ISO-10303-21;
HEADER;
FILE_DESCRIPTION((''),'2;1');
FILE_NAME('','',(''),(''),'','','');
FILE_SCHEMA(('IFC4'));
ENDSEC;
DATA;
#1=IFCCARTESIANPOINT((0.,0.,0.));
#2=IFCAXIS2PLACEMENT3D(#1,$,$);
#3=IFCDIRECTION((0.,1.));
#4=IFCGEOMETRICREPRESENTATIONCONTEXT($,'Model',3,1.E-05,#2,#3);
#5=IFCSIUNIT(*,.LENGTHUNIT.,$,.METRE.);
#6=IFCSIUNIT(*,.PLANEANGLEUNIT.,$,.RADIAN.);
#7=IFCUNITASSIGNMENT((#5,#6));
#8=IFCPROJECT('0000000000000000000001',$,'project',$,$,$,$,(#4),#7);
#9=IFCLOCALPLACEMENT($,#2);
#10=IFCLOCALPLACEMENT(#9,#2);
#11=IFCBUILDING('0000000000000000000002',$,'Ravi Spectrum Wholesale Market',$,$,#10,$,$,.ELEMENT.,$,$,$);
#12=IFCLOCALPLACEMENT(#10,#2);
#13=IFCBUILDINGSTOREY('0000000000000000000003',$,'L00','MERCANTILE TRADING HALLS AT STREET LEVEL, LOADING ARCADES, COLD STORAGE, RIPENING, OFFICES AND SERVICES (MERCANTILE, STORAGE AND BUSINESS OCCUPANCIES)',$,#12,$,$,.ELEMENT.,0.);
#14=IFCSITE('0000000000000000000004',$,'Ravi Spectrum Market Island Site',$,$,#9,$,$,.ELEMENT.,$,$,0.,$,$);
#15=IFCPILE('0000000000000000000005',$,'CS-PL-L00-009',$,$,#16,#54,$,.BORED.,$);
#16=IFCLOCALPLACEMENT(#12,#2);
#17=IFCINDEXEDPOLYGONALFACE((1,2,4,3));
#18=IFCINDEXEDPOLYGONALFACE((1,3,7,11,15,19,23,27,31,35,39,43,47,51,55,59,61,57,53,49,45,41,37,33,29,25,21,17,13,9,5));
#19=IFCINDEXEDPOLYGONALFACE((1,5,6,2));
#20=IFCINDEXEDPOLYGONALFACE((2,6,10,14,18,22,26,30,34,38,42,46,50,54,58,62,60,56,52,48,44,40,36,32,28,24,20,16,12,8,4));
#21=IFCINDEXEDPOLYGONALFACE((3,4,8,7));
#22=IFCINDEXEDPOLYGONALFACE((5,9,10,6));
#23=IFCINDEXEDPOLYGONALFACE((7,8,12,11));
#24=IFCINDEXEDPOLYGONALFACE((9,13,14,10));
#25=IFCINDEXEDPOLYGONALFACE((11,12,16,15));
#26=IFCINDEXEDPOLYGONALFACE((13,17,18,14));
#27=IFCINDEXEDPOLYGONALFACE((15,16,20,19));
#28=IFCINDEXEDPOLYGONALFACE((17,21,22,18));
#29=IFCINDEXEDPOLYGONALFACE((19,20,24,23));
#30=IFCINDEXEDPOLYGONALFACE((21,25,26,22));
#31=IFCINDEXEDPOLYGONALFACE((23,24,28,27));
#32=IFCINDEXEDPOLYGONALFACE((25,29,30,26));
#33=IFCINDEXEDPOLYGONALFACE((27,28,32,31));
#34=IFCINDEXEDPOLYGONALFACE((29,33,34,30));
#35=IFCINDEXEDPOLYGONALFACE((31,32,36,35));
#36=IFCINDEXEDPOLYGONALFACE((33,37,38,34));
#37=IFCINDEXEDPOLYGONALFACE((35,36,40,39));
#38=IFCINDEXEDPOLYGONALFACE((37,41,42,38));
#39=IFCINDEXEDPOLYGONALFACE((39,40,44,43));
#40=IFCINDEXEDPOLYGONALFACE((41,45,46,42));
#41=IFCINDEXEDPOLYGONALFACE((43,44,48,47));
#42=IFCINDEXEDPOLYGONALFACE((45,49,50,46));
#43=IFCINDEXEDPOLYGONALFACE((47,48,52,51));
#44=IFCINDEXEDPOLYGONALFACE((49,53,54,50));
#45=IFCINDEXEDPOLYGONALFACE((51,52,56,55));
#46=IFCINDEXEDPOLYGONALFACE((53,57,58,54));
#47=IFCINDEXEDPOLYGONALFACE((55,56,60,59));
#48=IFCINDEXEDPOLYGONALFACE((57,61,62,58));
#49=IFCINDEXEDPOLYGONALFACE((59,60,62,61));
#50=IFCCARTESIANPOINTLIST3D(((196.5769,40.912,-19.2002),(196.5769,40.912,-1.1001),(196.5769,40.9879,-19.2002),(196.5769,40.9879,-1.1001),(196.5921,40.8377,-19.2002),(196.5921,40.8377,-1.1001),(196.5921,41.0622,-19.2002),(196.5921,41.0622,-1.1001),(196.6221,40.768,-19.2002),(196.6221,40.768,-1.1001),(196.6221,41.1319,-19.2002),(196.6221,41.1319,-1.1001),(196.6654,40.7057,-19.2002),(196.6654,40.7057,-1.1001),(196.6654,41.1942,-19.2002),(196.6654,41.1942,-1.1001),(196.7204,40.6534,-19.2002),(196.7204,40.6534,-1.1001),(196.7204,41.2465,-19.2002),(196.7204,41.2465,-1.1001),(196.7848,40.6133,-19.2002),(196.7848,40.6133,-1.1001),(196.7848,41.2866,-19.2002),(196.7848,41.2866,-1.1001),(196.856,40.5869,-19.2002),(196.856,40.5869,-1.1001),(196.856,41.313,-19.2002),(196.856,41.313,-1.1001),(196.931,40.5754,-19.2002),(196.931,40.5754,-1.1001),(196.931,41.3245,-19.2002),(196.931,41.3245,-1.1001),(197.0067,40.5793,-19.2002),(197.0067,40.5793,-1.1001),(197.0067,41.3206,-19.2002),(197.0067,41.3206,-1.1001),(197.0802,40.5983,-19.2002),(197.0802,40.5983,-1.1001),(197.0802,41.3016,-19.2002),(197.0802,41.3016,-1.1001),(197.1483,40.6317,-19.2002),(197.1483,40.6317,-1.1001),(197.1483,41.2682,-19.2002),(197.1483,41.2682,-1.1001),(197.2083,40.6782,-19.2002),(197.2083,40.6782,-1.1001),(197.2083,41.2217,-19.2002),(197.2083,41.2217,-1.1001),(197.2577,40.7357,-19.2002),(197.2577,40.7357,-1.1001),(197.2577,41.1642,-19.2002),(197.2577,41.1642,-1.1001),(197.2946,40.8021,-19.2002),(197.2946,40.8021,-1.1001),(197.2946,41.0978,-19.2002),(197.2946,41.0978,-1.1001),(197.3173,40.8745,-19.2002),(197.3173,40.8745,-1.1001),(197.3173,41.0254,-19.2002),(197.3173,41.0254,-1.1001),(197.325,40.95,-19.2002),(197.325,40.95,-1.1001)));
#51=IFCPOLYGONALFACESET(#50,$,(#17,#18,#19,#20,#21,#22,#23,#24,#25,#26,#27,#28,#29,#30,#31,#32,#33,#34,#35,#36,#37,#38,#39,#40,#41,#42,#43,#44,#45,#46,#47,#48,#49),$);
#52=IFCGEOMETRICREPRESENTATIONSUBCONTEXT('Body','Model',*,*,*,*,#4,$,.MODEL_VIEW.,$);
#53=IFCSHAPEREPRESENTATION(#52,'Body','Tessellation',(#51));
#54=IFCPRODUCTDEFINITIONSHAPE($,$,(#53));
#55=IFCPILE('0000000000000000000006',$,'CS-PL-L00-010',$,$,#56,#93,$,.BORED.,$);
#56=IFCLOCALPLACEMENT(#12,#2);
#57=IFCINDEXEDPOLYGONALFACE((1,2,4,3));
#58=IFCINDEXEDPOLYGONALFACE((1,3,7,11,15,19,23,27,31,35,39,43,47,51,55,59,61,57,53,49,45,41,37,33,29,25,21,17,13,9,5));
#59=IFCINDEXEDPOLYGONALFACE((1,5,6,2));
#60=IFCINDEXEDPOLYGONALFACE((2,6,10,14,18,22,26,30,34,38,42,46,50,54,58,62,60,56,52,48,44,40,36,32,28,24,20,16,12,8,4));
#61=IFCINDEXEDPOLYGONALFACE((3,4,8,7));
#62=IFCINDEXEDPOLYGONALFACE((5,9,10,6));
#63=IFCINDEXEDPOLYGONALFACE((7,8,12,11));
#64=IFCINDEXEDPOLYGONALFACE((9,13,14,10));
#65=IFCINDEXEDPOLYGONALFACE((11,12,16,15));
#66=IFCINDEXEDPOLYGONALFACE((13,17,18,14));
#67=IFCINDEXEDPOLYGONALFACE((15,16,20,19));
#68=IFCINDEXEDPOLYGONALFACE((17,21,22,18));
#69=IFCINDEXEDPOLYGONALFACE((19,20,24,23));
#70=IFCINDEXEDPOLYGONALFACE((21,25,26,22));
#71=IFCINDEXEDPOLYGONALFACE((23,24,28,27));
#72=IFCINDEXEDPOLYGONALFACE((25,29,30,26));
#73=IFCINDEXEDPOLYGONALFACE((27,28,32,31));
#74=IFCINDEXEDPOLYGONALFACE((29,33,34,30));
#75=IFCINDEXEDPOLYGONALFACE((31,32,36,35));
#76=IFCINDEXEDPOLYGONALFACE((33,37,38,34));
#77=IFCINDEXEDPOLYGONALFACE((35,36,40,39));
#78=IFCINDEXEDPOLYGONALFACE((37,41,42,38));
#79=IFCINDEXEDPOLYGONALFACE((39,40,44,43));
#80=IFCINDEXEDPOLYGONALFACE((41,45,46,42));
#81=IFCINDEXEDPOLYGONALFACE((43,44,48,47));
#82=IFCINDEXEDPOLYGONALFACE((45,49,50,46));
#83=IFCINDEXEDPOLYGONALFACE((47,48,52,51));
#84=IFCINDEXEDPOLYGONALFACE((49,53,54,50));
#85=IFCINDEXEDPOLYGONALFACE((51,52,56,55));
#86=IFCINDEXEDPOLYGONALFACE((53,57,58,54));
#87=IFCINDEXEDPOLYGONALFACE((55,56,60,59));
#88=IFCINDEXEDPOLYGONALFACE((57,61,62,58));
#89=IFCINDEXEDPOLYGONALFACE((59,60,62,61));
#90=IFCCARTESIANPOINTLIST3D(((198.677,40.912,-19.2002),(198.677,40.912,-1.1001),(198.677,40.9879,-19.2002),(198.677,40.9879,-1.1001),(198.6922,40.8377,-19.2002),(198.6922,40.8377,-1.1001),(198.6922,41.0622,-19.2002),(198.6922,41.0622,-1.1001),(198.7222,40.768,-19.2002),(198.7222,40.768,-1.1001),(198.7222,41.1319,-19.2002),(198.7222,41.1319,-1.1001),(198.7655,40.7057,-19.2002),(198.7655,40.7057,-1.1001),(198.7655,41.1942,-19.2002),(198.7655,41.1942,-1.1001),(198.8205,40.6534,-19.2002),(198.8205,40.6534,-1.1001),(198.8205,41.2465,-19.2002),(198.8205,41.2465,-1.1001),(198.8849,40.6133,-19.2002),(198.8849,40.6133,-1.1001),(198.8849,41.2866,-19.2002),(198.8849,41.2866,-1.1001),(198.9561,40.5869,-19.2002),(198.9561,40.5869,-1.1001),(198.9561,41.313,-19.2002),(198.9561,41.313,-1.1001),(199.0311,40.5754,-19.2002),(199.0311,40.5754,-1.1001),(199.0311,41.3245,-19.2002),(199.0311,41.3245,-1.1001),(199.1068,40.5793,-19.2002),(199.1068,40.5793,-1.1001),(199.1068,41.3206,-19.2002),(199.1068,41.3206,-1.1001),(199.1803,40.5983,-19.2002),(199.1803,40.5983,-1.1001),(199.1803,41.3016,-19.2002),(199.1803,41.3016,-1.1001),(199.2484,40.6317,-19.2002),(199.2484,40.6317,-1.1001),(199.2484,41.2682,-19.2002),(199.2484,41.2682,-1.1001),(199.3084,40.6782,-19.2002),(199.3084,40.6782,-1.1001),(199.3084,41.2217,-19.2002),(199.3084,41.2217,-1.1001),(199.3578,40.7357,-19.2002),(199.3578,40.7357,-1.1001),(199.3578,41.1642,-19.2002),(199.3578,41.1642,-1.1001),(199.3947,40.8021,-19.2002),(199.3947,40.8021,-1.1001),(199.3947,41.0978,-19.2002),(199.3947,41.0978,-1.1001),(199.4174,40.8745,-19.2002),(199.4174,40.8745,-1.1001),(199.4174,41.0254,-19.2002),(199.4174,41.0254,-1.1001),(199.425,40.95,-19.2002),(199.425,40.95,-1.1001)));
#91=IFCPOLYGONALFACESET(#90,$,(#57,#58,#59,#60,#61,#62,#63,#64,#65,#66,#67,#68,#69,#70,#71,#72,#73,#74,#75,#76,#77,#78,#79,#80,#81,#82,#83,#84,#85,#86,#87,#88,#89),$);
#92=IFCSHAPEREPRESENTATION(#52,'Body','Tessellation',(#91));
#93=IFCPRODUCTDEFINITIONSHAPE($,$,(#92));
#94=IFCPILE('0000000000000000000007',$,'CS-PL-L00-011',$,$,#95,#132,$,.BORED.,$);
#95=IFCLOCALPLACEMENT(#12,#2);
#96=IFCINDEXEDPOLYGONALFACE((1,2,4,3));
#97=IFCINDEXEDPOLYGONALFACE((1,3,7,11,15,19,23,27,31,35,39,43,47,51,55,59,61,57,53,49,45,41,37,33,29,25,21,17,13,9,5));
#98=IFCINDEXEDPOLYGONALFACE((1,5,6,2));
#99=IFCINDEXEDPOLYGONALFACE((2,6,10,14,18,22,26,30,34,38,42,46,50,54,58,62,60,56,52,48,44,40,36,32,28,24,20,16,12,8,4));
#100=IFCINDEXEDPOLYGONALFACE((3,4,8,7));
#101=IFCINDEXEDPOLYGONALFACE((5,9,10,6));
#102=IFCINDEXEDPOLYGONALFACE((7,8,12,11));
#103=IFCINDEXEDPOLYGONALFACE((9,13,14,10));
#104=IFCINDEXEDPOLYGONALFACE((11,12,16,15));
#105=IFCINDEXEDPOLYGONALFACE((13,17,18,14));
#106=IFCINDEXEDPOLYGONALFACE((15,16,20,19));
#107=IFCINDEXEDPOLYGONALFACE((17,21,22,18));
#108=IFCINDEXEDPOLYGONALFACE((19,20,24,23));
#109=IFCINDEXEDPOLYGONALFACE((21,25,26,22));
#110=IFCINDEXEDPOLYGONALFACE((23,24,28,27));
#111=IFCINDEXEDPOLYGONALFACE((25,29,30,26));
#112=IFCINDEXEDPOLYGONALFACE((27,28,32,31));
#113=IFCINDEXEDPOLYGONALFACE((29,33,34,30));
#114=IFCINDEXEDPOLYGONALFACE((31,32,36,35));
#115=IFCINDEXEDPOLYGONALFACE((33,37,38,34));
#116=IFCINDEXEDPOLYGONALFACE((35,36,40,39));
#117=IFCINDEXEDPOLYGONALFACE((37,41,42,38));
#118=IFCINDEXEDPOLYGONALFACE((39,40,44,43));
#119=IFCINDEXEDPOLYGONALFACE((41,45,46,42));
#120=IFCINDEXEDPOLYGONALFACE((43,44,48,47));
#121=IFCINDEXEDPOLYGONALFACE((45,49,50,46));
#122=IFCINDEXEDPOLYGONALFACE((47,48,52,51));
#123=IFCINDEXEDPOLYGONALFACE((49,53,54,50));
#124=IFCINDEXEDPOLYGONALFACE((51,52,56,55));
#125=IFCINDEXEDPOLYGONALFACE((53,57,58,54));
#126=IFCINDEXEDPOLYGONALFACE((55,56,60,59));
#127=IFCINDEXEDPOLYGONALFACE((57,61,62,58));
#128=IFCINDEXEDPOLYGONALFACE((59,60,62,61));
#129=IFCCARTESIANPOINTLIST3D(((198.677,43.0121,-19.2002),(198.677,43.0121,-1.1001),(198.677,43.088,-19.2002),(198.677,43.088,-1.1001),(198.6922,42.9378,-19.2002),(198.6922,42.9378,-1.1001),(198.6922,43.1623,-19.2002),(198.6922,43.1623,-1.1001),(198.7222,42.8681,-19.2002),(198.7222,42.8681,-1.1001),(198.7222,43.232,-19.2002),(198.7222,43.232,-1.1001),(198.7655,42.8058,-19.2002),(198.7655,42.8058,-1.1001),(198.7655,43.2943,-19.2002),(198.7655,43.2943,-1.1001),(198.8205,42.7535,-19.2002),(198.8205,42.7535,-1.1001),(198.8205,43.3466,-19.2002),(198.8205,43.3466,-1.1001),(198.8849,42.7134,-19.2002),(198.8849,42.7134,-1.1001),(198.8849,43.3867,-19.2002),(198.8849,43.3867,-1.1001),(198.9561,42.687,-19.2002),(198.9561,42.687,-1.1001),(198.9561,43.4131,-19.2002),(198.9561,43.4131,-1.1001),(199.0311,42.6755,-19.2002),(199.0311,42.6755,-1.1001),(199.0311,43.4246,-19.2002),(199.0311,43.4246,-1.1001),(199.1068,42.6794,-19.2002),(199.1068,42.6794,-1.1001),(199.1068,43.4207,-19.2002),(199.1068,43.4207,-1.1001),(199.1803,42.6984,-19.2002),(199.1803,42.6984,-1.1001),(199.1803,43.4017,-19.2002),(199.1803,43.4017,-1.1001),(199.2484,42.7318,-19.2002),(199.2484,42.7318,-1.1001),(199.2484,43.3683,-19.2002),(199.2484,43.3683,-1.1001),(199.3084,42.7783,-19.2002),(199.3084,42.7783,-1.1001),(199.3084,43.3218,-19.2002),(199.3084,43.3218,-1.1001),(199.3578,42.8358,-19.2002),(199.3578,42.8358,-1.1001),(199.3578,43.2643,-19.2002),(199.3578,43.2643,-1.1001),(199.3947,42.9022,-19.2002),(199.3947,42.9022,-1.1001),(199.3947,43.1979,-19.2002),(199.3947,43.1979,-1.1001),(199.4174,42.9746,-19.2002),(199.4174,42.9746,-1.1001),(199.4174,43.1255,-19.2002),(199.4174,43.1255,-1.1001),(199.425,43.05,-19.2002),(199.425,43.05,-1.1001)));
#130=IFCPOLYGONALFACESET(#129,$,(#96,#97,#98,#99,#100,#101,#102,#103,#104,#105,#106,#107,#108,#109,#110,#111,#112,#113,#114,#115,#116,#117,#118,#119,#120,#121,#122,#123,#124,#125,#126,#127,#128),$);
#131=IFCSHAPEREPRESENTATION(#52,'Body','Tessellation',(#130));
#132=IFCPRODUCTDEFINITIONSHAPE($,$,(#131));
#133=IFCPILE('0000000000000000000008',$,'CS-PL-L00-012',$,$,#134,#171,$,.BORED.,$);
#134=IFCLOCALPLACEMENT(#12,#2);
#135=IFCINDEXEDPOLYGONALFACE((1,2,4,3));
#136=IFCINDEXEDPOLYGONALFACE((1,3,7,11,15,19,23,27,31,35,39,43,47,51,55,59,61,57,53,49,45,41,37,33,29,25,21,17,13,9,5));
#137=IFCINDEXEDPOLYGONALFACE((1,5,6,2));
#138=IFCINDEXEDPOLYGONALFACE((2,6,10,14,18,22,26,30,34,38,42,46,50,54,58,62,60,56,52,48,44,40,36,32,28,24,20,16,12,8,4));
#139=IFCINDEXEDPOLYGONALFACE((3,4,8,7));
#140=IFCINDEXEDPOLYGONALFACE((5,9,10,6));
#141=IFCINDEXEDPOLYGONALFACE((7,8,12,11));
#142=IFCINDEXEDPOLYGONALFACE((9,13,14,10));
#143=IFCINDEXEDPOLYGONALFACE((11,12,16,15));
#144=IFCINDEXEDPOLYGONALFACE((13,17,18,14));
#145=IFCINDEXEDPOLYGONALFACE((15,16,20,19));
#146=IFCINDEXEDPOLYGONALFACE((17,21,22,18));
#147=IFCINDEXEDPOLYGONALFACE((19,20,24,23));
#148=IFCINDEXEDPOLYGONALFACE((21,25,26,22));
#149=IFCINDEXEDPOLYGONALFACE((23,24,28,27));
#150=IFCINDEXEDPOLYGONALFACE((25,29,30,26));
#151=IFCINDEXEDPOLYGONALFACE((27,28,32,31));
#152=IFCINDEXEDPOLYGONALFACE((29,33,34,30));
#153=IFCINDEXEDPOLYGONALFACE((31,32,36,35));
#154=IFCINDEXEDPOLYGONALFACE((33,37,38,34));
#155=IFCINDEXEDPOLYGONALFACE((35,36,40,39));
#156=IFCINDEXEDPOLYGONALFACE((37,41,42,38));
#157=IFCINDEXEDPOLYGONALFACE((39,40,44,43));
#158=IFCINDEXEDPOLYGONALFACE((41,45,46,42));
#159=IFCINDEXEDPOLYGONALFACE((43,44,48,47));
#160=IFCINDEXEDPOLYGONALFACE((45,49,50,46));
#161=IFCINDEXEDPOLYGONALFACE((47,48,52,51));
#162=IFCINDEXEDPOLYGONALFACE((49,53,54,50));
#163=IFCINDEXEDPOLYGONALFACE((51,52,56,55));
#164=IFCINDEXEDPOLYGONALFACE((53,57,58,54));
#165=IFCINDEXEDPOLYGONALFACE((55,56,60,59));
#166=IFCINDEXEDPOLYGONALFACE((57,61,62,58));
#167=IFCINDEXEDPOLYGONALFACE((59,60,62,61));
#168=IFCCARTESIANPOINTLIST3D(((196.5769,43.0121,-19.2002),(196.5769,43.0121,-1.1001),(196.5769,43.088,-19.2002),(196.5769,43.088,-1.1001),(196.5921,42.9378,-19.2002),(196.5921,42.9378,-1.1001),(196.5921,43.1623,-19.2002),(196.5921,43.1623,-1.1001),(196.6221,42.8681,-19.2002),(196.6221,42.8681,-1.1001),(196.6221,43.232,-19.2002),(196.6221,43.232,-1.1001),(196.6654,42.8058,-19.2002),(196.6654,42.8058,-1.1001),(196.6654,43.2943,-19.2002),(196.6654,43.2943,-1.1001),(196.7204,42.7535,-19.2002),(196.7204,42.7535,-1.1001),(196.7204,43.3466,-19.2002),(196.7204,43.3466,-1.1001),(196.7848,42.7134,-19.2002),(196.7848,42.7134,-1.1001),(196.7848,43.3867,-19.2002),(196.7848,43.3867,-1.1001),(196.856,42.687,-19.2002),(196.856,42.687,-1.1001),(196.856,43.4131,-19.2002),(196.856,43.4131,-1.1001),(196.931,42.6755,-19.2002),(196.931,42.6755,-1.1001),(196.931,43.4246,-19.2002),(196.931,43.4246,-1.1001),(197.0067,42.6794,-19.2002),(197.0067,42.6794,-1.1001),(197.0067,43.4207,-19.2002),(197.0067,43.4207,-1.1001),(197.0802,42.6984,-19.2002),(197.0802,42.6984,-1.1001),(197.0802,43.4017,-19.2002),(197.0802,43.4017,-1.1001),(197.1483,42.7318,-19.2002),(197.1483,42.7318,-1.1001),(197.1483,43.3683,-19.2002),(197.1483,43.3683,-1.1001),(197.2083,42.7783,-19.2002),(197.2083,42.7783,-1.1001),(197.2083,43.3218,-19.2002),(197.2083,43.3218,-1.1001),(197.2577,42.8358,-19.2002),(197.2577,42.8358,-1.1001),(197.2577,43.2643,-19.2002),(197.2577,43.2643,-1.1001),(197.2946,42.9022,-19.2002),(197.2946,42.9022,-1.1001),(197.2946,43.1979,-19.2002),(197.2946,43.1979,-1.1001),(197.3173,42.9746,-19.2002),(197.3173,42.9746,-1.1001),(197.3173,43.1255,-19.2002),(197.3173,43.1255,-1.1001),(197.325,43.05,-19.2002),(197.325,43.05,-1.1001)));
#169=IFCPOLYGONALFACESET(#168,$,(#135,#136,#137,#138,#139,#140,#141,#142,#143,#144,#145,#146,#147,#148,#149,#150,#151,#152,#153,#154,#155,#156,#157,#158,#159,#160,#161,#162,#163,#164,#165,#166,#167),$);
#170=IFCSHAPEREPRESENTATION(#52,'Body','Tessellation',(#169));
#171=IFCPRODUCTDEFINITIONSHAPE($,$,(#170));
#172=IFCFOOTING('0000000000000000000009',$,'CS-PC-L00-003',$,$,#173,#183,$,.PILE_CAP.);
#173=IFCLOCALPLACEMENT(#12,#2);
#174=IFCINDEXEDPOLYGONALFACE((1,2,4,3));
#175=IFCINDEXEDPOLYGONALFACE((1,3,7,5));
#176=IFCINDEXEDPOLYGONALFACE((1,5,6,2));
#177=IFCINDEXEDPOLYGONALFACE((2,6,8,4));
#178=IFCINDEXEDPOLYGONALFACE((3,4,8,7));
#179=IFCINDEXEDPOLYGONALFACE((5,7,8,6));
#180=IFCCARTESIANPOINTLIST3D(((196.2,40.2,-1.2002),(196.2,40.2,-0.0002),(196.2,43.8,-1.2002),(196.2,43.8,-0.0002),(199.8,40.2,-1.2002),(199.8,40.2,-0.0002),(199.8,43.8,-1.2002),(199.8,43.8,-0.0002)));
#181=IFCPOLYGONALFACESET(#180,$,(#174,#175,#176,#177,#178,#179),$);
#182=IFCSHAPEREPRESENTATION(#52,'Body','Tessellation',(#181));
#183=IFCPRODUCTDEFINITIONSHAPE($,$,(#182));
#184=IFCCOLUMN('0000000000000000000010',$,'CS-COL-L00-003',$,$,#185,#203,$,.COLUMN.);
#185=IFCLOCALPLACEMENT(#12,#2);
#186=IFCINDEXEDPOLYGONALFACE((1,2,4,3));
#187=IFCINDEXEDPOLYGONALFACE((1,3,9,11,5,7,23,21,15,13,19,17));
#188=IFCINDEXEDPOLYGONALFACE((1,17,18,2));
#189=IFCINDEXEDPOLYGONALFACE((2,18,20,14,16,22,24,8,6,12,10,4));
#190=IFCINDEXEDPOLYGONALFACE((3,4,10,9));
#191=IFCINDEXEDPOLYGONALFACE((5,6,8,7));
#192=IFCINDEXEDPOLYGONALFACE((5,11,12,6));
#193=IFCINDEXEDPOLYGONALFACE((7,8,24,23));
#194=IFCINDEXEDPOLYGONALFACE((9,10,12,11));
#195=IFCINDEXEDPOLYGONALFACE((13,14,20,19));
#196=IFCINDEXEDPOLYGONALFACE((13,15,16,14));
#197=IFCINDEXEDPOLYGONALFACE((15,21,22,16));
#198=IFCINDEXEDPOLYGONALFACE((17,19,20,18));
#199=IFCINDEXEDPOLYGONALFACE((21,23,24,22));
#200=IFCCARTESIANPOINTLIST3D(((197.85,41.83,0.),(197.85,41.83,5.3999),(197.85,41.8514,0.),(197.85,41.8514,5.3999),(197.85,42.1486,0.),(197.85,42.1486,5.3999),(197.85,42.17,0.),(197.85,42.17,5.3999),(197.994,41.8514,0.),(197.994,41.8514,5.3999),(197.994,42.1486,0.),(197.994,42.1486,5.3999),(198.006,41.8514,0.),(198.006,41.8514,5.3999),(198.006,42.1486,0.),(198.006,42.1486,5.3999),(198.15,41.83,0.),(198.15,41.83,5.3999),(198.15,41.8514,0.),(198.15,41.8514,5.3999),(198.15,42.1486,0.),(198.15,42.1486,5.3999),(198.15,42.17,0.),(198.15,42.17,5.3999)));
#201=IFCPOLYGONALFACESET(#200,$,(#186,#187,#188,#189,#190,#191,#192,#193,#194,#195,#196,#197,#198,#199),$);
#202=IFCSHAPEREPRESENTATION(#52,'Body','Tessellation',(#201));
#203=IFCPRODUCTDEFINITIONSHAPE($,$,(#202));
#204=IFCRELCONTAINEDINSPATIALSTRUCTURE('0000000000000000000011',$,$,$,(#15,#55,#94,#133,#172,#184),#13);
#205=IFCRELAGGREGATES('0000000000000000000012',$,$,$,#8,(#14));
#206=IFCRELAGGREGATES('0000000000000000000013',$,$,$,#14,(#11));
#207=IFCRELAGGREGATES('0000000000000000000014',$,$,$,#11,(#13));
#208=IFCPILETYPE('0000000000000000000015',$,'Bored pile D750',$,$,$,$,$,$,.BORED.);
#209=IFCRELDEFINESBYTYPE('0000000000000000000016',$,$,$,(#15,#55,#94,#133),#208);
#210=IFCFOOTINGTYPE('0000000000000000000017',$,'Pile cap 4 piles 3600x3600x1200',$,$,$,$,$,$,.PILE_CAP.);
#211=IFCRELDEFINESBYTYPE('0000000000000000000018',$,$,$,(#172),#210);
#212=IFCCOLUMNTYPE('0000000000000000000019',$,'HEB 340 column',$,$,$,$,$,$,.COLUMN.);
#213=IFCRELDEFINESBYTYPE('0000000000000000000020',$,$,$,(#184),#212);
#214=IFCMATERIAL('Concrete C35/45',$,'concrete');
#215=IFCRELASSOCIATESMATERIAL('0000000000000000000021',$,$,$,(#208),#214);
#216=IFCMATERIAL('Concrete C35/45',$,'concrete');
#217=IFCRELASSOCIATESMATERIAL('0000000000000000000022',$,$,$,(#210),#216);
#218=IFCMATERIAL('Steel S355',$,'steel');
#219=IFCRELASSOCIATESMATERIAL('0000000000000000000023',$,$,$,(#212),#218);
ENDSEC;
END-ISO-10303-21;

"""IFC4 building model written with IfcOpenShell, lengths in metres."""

from ifc_helpers import new_model, si_unit, direction, frame, origin, origin_2d, place, context, subcontext, project, spatial, rectangle, circle, i_section, extrude, material, material_profile, profile_set, type_object, element, save


model = new_model("IFC4")

# Units and contexts
model_context = context("Model", 3, precision=1e-05, world=origin(), true_north=direction((0.0, 1.0)))
body_context = subcontext(model_context, "Body", "Model", "MODEL_VIEW")
ifc_project = project(units=[si_unit("LENGTHUNIT", "METRE"), si_unit("PLANEANGLEUNIT", "RADIAN")], contexts=[model_context])

# Site, building, storey
site_placement = place(None, origin())
site = spatial("IfcSite", under=ifc_project, at=site_placement, Name="Ravi Spectrum Market Island Site", CompositionType="ELEMENT", RefElevation=0.0)
building_placement = place(site_placement, origin())
building = spatial("IfcBuilding", under=site, at=building_placement, Name="Ravi Spectrum Wholesale Market", CompositionType="ELEMENT")
storey_placement = place(building_placement, origin())
storey = spatial("IfcBuildingStorey", under=building, at=storey_placement, Name="L00", Description="MERCANTILE TRADING HALLS AT STREET LEVEL, LOADING ARCADES, COLD STORAGE, RIPENING, OFFICES AND SERVICES (MERCANTILE, STORAGE AND BUSINESS OCCUPANCIES)", CompositionType="ELEMENT", Elevation=0.0)

# Piles
ifc_material_1 = material(Name="Concrete C35/45", Category="concrete")
ifc_material_profile_1 = material_profile(ifc_material_1, circle(Radius=0.375, at=origin_2d()))
ifc_profile_set_1 = profile_set([ifc_material_profile_1], Name="Concrete C35/45")
pile_type = type_object("IfcPileType", Name="Bored pile D750", PredefinedType="BORED", material=ifc_profile_set_1)
for number, where, z_axis, x_axis, name in (
    (1, (196.95, 40.95, -1.1001), (0.0, 0.0, -1.0), (1.0, 0.0, 0.0), "CS-PL-L00-009"),
    (2, (199.05, 40.95, -1.1001), (0.0, 0.0, -1.0), (1.0, 0.0, 0.0), "CS-PL-L00-010"),
    (3, (199.05, 43.05, -1.1001), (0.0, 0.0, -1.0), (1.0, 0.0, 0.0), "CS-PL-L00-011"),
    (4, (196.95, 43.05, -1.1001), (0.0, 0.0, -1.0), (1.0, 0.0, 0.0), "CS-PL-L00-012"),
):
    element("IfcPile", number, at=place(storey_placement, frame(where, z_axis=z_axis, x_axis=x_axis)), inside=storey, type_object=pile_type, Name=name, PredefinedType="BORED", context=body_context, shape_type="SweptSolid", body=[
        extrude(circle(Radius=0.375, at=origin_2d()), origin(), (0.0, 0.0, 1.0), 18.1001),
    ])

# Footing
ifc_material_2 = material(Name="Concrete C35/45", Category="concrete")
footing_type = type_object("IfcFootingType", Name="Pile cap 4 piles 3600x3600x1200", PredefinedType="PILE_CAP", material=ifc_material_2)
footing_placement = place(storey_placement, frame((198.0, 42.0, -1.2002), z_axis=(0.0, 0.0, 1.0), x_axis=(1.0, 0.0, 0.0)))
element("IfcFooting", 5, at=footing_placement, inside=storey, type_object=footing_type, Name="CS-PC-L00-003", PredefinedType="PILE_CAP", context=body_context, shape_type="SweptSolid", body=[
    extrude(rectangle(XDim=3.6001, YDim=3.6001, at=origin_2d()), origin(), (0.0, 0.0, 1.0), 1.2),
])

# Column
ifc_material_3 = material(Name="Steel S355", Category="steel")
ifc_material_profile_2 = material_profile(ifc_material_3, i_section(OverallWidth=0.3, OverallDepth=0.3401, WebThickness=0.012, FlangeThickness=0.0215, at=origin_2d()))
ifc_profile_set_2 = profile_set([ifc_material_profile_2], Name="Steel S355")
column_type = type_object("IfcColumnType", Name="HEB 340 column", PredefinedType="COLUMN", material=ifc_profile_set_2)
column_placement = place(storey_placement, frame((198.0, 42.0, 0.0), z_axis=(0.0, 0.0, 1.0), x_axis=(1.0, 0.0, 0.0)))
element("IfcColumn", 6, at=column_placement, inside=storey, type_object=column_type, Name="CS-COL-L00-003", PredefinedType="COLUMN", context=body_context, shape_type="SweptSolid", body=[
    extrude(i_section(OverallWidth=0.3, OverallDepth=0.3401, WebThickness=0.012, FlangeThickness=0.0215, at=origin_2d()), origin(), (0.0, 0.0, 1.0), 5.3999),
])

save(model, "model.ifc")
